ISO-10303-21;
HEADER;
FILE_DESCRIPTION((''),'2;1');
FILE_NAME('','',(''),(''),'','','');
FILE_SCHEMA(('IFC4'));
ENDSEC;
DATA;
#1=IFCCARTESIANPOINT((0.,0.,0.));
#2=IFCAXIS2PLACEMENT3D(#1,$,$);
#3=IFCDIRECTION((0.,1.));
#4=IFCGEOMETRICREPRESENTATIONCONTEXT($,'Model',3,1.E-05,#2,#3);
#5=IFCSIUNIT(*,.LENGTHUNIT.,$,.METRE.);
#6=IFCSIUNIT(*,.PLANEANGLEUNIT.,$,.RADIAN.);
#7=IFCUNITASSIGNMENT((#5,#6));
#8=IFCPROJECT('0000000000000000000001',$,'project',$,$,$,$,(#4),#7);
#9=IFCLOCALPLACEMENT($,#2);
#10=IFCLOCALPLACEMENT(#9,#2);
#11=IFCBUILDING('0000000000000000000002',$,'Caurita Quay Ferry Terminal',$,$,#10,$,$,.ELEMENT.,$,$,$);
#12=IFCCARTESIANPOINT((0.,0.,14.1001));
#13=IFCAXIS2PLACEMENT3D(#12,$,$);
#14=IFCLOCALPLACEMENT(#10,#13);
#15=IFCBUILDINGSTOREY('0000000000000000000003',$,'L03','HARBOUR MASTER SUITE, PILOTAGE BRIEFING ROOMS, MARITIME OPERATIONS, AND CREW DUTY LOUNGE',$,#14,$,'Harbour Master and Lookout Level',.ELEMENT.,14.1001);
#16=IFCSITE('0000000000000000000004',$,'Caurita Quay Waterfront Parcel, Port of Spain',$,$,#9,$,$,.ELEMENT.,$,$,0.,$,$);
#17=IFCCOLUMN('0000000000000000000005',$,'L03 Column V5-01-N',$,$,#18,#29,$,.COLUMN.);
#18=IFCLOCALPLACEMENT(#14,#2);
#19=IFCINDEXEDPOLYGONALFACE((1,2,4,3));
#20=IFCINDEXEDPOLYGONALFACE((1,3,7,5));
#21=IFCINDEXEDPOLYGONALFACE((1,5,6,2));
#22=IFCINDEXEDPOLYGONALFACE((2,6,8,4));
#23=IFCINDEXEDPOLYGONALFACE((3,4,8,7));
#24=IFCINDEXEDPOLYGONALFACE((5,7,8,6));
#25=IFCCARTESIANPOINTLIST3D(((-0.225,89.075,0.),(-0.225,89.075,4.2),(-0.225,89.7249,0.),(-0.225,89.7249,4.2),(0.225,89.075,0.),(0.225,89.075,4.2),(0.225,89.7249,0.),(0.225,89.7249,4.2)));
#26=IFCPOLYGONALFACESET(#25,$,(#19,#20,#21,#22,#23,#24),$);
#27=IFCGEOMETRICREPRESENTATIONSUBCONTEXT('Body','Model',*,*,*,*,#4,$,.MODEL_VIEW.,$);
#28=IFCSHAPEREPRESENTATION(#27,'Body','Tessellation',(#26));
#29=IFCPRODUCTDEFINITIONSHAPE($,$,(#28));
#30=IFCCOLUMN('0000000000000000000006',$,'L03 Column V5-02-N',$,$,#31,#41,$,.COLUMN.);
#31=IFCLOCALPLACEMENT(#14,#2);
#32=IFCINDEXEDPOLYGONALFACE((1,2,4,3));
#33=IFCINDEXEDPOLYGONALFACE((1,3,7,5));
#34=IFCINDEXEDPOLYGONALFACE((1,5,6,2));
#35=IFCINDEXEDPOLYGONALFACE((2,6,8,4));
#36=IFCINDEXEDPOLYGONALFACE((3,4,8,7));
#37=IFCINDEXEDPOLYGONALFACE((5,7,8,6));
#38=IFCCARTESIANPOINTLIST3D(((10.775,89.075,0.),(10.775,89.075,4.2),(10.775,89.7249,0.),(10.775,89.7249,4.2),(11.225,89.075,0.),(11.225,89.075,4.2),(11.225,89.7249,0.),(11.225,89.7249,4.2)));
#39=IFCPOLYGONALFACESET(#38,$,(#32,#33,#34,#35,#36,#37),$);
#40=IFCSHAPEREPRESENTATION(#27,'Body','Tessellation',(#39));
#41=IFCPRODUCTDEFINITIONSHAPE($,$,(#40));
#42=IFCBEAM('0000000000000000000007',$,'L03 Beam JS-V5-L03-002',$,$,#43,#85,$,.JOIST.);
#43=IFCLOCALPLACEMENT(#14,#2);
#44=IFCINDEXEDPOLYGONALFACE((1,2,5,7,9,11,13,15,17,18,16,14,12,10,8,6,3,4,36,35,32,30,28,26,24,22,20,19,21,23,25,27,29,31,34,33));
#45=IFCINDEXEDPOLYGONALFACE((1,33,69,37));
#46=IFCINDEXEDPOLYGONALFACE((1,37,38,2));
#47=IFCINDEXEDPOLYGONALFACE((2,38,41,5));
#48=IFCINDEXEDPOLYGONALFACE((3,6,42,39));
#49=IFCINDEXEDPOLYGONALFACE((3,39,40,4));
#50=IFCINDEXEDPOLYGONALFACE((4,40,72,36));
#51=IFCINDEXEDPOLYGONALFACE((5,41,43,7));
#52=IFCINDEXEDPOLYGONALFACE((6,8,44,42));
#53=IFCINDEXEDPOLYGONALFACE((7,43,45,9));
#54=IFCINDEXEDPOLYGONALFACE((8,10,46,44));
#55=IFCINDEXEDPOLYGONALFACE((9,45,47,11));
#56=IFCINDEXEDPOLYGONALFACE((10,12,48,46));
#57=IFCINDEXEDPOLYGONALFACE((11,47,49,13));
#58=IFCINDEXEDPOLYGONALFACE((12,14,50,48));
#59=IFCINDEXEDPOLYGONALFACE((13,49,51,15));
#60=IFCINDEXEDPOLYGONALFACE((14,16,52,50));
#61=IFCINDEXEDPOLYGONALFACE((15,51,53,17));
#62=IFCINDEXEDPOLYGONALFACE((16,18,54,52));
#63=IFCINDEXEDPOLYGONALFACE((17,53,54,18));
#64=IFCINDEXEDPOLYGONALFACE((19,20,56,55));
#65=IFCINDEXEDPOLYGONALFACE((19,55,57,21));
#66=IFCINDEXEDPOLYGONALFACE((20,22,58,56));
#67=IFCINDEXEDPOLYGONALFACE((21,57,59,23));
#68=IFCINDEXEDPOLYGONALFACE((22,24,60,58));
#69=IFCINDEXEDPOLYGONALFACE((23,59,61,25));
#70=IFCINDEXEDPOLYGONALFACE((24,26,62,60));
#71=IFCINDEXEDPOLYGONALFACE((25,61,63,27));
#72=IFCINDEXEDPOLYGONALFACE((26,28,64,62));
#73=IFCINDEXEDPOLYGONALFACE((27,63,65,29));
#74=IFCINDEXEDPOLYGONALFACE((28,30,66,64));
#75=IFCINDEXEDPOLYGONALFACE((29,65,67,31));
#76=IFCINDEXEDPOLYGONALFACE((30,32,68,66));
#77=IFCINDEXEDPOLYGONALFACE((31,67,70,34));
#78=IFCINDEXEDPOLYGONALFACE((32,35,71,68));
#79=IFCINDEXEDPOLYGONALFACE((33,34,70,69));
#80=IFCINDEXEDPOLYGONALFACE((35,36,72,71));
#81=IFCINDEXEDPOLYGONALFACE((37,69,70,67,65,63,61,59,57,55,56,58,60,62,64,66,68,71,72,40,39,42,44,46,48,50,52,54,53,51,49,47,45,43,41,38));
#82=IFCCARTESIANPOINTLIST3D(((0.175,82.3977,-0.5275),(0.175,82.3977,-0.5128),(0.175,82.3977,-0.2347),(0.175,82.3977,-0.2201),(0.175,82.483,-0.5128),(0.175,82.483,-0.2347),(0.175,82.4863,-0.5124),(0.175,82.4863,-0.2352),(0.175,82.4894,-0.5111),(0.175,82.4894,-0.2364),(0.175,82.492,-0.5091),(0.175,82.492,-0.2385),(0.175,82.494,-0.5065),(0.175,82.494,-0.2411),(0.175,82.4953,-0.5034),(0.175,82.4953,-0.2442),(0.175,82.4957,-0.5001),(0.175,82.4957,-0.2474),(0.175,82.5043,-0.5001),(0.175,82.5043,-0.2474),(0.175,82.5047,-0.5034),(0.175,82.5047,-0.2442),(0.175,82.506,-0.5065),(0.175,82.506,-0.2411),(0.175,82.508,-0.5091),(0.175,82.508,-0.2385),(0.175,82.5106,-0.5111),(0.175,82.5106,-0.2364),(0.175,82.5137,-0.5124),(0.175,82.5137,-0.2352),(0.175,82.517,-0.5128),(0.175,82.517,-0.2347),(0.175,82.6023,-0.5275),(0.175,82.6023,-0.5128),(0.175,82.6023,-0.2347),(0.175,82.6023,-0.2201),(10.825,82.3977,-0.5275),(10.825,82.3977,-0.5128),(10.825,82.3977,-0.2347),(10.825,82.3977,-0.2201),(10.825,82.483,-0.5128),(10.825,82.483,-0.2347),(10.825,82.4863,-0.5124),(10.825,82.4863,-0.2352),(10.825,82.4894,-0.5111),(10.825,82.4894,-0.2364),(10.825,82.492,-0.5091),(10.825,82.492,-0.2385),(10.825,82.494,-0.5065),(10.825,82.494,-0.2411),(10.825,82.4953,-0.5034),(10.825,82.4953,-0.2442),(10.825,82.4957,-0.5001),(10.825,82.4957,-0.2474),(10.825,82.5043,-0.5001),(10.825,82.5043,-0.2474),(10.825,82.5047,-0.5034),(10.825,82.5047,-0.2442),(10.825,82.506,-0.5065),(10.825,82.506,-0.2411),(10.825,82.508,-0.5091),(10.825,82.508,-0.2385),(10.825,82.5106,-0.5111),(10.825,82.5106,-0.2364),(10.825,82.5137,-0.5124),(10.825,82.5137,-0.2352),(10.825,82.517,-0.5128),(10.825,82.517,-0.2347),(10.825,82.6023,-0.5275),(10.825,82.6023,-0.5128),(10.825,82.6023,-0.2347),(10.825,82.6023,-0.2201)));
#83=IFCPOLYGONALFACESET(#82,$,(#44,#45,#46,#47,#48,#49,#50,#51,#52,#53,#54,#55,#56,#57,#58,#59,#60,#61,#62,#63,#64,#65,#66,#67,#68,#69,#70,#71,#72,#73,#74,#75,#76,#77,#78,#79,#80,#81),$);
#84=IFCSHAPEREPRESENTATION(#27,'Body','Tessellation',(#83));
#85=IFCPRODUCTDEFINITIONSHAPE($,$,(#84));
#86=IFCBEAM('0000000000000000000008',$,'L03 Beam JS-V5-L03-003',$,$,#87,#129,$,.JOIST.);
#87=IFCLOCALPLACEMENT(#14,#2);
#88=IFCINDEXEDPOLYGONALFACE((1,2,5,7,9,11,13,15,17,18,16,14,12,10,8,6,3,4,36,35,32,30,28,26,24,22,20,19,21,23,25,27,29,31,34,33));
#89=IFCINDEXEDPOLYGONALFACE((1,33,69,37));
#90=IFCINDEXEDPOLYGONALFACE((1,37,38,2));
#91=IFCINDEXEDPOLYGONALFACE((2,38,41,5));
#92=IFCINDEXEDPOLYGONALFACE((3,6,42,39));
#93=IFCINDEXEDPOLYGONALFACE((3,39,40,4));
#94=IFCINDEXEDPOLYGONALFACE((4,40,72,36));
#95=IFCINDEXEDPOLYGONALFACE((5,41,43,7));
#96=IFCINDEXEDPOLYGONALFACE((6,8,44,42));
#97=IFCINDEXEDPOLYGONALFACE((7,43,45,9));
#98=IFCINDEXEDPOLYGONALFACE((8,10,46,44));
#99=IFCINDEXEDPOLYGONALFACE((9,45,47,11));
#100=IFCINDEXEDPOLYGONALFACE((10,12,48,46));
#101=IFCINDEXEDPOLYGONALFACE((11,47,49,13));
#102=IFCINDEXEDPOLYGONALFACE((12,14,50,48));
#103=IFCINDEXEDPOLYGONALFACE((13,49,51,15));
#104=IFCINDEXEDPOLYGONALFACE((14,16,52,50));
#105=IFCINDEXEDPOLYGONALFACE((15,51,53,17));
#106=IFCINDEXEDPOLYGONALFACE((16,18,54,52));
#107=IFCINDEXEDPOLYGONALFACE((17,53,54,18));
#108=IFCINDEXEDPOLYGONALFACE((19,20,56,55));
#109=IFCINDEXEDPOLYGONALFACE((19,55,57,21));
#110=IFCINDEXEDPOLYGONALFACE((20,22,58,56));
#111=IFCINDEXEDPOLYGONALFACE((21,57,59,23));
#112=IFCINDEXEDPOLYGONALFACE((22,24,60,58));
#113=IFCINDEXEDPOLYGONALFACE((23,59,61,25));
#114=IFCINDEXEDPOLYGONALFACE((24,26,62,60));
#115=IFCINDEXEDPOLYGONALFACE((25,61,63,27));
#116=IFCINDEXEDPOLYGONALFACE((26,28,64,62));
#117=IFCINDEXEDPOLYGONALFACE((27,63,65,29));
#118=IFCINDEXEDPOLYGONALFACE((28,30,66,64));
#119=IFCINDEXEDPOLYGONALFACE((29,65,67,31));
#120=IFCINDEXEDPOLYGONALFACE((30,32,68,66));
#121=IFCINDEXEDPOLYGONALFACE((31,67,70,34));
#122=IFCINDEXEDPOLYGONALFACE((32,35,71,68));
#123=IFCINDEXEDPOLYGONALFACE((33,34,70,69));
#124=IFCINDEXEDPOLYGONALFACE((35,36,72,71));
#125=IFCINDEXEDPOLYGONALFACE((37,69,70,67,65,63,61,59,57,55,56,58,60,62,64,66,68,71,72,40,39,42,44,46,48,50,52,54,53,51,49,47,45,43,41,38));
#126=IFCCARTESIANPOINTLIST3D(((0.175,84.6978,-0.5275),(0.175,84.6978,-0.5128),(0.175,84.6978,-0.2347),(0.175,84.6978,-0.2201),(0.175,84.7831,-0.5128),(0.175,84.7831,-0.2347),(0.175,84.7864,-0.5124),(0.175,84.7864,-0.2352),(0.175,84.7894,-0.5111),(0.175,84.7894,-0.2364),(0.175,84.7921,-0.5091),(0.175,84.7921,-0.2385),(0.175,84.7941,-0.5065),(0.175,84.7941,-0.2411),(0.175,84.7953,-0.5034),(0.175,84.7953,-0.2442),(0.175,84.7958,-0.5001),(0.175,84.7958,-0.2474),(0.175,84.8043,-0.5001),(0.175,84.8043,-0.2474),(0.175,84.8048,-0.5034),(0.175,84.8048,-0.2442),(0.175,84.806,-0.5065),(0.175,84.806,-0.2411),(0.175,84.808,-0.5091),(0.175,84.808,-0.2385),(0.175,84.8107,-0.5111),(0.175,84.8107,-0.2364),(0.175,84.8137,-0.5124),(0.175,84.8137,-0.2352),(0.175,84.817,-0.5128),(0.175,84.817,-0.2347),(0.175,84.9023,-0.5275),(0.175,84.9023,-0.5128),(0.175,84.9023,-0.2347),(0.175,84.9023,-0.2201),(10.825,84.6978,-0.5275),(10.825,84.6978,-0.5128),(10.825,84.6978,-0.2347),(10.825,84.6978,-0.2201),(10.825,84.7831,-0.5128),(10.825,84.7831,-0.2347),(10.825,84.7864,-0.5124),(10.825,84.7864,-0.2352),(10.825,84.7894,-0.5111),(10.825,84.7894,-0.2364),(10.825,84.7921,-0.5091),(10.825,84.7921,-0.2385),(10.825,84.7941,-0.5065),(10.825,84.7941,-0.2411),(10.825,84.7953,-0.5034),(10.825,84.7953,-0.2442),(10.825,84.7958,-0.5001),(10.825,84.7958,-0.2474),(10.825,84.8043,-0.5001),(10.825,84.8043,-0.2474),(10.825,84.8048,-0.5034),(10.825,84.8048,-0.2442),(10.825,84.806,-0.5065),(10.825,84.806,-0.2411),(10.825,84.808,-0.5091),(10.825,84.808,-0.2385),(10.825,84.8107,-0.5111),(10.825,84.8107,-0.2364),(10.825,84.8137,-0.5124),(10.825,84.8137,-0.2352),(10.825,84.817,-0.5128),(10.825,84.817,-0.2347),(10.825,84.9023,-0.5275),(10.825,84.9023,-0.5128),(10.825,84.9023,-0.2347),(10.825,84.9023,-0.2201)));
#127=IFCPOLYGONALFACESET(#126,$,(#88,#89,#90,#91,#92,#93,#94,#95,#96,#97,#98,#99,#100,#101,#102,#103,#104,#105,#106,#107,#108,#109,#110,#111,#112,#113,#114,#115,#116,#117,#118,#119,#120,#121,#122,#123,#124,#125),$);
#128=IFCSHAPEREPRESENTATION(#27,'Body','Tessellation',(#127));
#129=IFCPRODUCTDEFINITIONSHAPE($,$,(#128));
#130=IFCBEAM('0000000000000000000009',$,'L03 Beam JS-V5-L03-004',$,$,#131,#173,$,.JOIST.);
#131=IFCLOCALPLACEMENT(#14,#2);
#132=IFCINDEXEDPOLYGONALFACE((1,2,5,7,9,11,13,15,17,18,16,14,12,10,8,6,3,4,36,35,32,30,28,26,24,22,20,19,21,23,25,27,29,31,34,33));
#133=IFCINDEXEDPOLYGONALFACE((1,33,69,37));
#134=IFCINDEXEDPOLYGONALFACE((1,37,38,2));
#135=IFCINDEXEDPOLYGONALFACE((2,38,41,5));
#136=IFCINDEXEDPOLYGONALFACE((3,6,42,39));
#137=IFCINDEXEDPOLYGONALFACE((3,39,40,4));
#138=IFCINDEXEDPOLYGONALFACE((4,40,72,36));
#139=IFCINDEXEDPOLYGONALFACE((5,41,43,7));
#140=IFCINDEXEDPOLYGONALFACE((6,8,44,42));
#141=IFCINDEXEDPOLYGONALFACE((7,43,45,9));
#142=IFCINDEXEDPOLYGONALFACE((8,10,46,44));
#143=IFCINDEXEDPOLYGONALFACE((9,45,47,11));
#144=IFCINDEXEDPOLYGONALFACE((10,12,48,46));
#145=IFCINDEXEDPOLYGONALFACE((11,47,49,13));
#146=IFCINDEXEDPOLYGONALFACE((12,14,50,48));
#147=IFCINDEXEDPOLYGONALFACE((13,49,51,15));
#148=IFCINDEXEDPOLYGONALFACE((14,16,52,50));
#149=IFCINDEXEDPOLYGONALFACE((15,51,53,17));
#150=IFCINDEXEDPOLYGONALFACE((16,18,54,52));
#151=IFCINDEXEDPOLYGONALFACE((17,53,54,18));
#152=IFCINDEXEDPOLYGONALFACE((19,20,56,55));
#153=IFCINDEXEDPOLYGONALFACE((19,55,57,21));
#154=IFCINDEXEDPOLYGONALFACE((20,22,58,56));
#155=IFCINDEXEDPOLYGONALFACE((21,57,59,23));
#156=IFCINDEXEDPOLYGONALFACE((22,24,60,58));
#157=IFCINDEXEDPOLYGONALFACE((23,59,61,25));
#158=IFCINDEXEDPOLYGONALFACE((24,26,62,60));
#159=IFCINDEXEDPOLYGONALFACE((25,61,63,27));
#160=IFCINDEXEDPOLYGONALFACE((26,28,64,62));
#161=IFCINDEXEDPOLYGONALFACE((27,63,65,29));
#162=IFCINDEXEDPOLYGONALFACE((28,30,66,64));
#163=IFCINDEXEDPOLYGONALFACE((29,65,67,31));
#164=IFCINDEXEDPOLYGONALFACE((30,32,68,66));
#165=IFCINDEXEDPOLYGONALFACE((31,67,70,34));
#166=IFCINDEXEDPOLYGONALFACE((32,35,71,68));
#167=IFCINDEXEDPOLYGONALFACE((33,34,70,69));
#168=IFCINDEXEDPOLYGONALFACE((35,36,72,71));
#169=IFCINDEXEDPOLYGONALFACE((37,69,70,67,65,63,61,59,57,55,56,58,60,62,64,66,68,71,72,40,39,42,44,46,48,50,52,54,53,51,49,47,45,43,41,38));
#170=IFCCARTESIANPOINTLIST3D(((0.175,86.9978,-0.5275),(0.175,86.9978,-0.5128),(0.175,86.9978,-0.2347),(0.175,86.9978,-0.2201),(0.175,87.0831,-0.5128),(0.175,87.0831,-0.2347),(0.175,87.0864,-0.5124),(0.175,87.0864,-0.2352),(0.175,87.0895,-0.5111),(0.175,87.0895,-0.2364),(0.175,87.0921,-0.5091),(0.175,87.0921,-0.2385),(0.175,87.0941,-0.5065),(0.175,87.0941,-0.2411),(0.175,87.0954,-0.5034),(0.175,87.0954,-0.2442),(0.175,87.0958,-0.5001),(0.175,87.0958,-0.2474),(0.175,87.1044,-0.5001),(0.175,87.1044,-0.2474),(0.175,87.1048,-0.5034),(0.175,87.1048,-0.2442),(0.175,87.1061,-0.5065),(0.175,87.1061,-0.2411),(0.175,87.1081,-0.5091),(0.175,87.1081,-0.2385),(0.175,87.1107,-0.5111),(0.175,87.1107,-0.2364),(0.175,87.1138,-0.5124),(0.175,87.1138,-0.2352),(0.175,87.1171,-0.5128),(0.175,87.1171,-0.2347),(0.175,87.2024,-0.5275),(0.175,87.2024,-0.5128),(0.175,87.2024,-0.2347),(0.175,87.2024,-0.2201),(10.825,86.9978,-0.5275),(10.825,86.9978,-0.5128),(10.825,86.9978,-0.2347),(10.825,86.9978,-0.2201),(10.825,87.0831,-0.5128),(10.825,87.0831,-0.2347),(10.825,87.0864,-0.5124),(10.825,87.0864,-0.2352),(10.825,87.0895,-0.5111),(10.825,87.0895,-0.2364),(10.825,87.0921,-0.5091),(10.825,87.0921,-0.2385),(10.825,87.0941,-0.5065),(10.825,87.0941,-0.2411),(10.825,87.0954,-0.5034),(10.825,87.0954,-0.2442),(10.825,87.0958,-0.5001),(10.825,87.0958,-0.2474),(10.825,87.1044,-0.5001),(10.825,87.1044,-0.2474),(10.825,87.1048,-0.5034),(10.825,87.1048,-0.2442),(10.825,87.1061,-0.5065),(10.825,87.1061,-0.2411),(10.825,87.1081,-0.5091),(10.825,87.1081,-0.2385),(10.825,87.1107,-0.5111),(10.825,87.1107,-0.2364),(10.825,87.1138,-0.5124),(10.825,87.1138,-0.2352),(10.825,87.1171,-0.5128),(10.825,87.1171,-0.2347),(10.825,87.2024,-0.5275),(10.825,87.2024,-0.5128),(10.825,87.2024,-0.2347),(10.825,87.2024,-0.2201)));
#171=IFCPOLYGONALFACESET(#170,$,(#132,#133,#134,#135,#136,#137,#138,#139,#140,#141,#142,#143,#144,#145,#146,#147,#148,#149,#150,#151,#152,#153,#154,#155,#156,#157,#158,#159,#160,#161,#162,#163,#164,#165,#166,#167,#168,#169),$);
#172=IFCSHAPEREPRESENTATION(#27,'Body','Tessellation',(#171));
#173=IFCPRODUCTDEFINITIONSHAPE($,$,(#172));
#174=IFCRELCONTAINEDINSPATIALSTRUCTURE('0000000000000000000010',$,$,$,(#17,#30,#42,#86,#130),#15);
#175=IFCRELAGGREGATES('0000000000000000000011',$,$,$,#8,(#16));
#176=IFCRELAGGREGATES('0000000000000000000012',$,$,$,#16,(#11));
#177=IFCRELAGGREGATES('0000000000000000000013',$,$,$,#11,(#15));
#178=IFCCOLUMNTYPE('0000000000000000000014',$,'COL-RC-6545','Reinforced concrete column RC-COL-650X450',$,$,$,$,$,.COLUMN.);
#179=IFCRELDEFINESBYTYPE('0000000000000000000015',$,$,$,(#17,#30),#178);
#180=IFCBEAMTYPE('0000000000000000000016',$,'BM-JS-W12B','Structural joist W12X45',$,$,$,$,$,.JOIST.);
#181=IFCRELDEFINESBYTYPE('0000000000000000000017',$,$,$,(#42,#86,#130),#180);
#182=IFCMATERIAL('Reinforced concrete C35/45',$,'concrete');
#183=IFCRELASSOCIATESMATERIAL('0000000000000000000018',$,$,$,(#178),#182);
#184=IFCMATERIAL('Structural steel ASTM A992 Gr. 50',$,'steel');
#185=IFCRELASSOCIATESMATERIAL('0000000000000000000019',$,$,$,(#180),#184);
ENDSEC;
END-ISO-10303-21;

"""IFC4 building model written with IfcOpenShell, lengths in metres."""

from ifc_helpers import new_model, si_unit, direction, frame, origin, origin_2d, place, context, subcontext, project, spatial, rectangle, i_section, extrude, material, material_profile, profile_set, type_object, element, save


model = new_model("IFC4")

# Units and contexts
model_context = context("Model", 3, precision=1e-05, world=origin(), true_north=direction((0.0, 1.0)))
body_context = subcontext(model_context, "Body", "Model", "MODEL_VIEW")
ifc_project = project(units=[si_unit("LENGTHUNIT", "METRE"), si_unit("PLANEANGLEUNIT", "RADIAN")], contexts=[model_context])

# Site, building, storey
site_placement = place(None, origin())
site = spatial("IfcSite", under=ifc_project, at=site_placement, Name="Caurita Quay Waterfront Parcel, Port of Spain", CompositionType="ELEMENT", RefElevation=0.0)
building_placement = place(site_placement, origin())
building = spatial("IfcBuilding", under=site, at=building_placement, Name="Caurita Quay Ferry Terminal", CompositionType="ELEMENT")
storey_placement = place(building_placement, frame((0.0, 0.0, 14.1001)))
storey = spatial("IfcBuildingStorey", under=building, at=storey_placement, Name="L03", Description="HARBOUR MASTER SUITE, PILOTAGE BRIEFING ROOMS, MARITIME OPERATIONS, AND CREW DUTY LOUNGE", LongName="Harbour Master and Lookout Level", CompositionType="ELEMENT", Elevation=14.1001)

# Columns
ifc_material_1 = material(Name="Reinforced concrete C35/45", Category="concrete")
ifc_material_profile_1 = material_profile(ifc_material_1, rectangle(XDim=0.45, YDim=0.6499, at=origin_2d()), Name="RC-COL-650X450")
ifc_profile_set_1 = profile_set([ifc_material_profile_1], Name="Reinforced concrete C35/45")
column_type = type_object("IfcColumnType", Name="COL-RC-6545", Description="Reinforced concrete column RC-COL-650X450", PredefinedType="COLUMN", material=ifc_profile_set_1)
for number, where, z_axis, x_axis, name in (
    (1, (0.0, 89.3999, 0.0), (0.0, 0.0, 1.0), (1.0, 0.0, 0.0), "L03 Column V5-01-N"),
    (2, (11.0, 89.3999, 0.0), (0.0, 0.0, 1.0), (1.0, 0.0, 0.0), "L03 Column V5-02-N"),
):
    element("IfcColumn", number, at=place(storey_placement, frame(where, z_axis=z_axis, x_axis=x_axis)), inside=storey, type_object=column_type, Name=name, PredefinedType="COLUMN", context=body_context, shape_type="SweptSolid", body=[
        extrude(rectangle(XDim=0.45, YDim=0.6499, at=origin_2d()), origin(), (0.0, 0.0, 1.0), 4.2),
    ])

# Beams
ifc_material_2 = material(Name="Structural steel ASTM A992 Gr. 50", Category="steel")
ifc_material_profile_2 = material_profile(ifc_material_2, i_section(OverallWidth=0.2046, OverallDepth=0.3074, WebThickness=0.0085, FlangeThickness=0.0146, FilletRadius=0.0127, at=origin_2d()), Name="W12X45")
ifc_profile_set_2 = profile_set([ifc_material_profile_2], Name="Structural steel ASTM A992 Gr. 50")
beam_type_1 = type_object("IfcBeamType", Name="BM-JS-W12B", Description="Structural joist W12X45", PredefinedType="JOIST", material=ifc_profile_set_2)
for number, where, z_axis, x_axis, name in (
    (3, (0.175, 82.5, -0.3738), (1.0, 0.0, 0.0), (0.0, 1.0, 0.0), "L03 Beam JS-V5-L03-002"),
    (4, (0.175, 84.8, -0.3738), (1.0, 0.0, 0.0), (0.0, 1.0, 0.0), "L03 Beam JS-V5-L03-003"),
    (5, (0.175, 87.1001, -0.3738), (1.0, 0.0, 0.0), (0.0, 1.0, 0.0), "L03 Beam JS-V5-L03-004"),
):
    element("IfcBeam", number, at=place(storey_placement, frame(where, z_axis=z_axis, x_axis=x_axis)), inside=storey, type_object=beam_type_1, Name=name, PredefinedType="JOIST", context=body_context, shape_type="SweptSolid", body=[
        extrude(i_section(OverallWidth=0.2046, OverallDepth=0.3074, WebThickness=0.0085, FlangeThickness=0.0146, FilletRadius=0.0127, at=origin_2d()), origin(), (0.0, 0.0, 1.0), 10.6499),
    ])

save(model, "model.ifc")
